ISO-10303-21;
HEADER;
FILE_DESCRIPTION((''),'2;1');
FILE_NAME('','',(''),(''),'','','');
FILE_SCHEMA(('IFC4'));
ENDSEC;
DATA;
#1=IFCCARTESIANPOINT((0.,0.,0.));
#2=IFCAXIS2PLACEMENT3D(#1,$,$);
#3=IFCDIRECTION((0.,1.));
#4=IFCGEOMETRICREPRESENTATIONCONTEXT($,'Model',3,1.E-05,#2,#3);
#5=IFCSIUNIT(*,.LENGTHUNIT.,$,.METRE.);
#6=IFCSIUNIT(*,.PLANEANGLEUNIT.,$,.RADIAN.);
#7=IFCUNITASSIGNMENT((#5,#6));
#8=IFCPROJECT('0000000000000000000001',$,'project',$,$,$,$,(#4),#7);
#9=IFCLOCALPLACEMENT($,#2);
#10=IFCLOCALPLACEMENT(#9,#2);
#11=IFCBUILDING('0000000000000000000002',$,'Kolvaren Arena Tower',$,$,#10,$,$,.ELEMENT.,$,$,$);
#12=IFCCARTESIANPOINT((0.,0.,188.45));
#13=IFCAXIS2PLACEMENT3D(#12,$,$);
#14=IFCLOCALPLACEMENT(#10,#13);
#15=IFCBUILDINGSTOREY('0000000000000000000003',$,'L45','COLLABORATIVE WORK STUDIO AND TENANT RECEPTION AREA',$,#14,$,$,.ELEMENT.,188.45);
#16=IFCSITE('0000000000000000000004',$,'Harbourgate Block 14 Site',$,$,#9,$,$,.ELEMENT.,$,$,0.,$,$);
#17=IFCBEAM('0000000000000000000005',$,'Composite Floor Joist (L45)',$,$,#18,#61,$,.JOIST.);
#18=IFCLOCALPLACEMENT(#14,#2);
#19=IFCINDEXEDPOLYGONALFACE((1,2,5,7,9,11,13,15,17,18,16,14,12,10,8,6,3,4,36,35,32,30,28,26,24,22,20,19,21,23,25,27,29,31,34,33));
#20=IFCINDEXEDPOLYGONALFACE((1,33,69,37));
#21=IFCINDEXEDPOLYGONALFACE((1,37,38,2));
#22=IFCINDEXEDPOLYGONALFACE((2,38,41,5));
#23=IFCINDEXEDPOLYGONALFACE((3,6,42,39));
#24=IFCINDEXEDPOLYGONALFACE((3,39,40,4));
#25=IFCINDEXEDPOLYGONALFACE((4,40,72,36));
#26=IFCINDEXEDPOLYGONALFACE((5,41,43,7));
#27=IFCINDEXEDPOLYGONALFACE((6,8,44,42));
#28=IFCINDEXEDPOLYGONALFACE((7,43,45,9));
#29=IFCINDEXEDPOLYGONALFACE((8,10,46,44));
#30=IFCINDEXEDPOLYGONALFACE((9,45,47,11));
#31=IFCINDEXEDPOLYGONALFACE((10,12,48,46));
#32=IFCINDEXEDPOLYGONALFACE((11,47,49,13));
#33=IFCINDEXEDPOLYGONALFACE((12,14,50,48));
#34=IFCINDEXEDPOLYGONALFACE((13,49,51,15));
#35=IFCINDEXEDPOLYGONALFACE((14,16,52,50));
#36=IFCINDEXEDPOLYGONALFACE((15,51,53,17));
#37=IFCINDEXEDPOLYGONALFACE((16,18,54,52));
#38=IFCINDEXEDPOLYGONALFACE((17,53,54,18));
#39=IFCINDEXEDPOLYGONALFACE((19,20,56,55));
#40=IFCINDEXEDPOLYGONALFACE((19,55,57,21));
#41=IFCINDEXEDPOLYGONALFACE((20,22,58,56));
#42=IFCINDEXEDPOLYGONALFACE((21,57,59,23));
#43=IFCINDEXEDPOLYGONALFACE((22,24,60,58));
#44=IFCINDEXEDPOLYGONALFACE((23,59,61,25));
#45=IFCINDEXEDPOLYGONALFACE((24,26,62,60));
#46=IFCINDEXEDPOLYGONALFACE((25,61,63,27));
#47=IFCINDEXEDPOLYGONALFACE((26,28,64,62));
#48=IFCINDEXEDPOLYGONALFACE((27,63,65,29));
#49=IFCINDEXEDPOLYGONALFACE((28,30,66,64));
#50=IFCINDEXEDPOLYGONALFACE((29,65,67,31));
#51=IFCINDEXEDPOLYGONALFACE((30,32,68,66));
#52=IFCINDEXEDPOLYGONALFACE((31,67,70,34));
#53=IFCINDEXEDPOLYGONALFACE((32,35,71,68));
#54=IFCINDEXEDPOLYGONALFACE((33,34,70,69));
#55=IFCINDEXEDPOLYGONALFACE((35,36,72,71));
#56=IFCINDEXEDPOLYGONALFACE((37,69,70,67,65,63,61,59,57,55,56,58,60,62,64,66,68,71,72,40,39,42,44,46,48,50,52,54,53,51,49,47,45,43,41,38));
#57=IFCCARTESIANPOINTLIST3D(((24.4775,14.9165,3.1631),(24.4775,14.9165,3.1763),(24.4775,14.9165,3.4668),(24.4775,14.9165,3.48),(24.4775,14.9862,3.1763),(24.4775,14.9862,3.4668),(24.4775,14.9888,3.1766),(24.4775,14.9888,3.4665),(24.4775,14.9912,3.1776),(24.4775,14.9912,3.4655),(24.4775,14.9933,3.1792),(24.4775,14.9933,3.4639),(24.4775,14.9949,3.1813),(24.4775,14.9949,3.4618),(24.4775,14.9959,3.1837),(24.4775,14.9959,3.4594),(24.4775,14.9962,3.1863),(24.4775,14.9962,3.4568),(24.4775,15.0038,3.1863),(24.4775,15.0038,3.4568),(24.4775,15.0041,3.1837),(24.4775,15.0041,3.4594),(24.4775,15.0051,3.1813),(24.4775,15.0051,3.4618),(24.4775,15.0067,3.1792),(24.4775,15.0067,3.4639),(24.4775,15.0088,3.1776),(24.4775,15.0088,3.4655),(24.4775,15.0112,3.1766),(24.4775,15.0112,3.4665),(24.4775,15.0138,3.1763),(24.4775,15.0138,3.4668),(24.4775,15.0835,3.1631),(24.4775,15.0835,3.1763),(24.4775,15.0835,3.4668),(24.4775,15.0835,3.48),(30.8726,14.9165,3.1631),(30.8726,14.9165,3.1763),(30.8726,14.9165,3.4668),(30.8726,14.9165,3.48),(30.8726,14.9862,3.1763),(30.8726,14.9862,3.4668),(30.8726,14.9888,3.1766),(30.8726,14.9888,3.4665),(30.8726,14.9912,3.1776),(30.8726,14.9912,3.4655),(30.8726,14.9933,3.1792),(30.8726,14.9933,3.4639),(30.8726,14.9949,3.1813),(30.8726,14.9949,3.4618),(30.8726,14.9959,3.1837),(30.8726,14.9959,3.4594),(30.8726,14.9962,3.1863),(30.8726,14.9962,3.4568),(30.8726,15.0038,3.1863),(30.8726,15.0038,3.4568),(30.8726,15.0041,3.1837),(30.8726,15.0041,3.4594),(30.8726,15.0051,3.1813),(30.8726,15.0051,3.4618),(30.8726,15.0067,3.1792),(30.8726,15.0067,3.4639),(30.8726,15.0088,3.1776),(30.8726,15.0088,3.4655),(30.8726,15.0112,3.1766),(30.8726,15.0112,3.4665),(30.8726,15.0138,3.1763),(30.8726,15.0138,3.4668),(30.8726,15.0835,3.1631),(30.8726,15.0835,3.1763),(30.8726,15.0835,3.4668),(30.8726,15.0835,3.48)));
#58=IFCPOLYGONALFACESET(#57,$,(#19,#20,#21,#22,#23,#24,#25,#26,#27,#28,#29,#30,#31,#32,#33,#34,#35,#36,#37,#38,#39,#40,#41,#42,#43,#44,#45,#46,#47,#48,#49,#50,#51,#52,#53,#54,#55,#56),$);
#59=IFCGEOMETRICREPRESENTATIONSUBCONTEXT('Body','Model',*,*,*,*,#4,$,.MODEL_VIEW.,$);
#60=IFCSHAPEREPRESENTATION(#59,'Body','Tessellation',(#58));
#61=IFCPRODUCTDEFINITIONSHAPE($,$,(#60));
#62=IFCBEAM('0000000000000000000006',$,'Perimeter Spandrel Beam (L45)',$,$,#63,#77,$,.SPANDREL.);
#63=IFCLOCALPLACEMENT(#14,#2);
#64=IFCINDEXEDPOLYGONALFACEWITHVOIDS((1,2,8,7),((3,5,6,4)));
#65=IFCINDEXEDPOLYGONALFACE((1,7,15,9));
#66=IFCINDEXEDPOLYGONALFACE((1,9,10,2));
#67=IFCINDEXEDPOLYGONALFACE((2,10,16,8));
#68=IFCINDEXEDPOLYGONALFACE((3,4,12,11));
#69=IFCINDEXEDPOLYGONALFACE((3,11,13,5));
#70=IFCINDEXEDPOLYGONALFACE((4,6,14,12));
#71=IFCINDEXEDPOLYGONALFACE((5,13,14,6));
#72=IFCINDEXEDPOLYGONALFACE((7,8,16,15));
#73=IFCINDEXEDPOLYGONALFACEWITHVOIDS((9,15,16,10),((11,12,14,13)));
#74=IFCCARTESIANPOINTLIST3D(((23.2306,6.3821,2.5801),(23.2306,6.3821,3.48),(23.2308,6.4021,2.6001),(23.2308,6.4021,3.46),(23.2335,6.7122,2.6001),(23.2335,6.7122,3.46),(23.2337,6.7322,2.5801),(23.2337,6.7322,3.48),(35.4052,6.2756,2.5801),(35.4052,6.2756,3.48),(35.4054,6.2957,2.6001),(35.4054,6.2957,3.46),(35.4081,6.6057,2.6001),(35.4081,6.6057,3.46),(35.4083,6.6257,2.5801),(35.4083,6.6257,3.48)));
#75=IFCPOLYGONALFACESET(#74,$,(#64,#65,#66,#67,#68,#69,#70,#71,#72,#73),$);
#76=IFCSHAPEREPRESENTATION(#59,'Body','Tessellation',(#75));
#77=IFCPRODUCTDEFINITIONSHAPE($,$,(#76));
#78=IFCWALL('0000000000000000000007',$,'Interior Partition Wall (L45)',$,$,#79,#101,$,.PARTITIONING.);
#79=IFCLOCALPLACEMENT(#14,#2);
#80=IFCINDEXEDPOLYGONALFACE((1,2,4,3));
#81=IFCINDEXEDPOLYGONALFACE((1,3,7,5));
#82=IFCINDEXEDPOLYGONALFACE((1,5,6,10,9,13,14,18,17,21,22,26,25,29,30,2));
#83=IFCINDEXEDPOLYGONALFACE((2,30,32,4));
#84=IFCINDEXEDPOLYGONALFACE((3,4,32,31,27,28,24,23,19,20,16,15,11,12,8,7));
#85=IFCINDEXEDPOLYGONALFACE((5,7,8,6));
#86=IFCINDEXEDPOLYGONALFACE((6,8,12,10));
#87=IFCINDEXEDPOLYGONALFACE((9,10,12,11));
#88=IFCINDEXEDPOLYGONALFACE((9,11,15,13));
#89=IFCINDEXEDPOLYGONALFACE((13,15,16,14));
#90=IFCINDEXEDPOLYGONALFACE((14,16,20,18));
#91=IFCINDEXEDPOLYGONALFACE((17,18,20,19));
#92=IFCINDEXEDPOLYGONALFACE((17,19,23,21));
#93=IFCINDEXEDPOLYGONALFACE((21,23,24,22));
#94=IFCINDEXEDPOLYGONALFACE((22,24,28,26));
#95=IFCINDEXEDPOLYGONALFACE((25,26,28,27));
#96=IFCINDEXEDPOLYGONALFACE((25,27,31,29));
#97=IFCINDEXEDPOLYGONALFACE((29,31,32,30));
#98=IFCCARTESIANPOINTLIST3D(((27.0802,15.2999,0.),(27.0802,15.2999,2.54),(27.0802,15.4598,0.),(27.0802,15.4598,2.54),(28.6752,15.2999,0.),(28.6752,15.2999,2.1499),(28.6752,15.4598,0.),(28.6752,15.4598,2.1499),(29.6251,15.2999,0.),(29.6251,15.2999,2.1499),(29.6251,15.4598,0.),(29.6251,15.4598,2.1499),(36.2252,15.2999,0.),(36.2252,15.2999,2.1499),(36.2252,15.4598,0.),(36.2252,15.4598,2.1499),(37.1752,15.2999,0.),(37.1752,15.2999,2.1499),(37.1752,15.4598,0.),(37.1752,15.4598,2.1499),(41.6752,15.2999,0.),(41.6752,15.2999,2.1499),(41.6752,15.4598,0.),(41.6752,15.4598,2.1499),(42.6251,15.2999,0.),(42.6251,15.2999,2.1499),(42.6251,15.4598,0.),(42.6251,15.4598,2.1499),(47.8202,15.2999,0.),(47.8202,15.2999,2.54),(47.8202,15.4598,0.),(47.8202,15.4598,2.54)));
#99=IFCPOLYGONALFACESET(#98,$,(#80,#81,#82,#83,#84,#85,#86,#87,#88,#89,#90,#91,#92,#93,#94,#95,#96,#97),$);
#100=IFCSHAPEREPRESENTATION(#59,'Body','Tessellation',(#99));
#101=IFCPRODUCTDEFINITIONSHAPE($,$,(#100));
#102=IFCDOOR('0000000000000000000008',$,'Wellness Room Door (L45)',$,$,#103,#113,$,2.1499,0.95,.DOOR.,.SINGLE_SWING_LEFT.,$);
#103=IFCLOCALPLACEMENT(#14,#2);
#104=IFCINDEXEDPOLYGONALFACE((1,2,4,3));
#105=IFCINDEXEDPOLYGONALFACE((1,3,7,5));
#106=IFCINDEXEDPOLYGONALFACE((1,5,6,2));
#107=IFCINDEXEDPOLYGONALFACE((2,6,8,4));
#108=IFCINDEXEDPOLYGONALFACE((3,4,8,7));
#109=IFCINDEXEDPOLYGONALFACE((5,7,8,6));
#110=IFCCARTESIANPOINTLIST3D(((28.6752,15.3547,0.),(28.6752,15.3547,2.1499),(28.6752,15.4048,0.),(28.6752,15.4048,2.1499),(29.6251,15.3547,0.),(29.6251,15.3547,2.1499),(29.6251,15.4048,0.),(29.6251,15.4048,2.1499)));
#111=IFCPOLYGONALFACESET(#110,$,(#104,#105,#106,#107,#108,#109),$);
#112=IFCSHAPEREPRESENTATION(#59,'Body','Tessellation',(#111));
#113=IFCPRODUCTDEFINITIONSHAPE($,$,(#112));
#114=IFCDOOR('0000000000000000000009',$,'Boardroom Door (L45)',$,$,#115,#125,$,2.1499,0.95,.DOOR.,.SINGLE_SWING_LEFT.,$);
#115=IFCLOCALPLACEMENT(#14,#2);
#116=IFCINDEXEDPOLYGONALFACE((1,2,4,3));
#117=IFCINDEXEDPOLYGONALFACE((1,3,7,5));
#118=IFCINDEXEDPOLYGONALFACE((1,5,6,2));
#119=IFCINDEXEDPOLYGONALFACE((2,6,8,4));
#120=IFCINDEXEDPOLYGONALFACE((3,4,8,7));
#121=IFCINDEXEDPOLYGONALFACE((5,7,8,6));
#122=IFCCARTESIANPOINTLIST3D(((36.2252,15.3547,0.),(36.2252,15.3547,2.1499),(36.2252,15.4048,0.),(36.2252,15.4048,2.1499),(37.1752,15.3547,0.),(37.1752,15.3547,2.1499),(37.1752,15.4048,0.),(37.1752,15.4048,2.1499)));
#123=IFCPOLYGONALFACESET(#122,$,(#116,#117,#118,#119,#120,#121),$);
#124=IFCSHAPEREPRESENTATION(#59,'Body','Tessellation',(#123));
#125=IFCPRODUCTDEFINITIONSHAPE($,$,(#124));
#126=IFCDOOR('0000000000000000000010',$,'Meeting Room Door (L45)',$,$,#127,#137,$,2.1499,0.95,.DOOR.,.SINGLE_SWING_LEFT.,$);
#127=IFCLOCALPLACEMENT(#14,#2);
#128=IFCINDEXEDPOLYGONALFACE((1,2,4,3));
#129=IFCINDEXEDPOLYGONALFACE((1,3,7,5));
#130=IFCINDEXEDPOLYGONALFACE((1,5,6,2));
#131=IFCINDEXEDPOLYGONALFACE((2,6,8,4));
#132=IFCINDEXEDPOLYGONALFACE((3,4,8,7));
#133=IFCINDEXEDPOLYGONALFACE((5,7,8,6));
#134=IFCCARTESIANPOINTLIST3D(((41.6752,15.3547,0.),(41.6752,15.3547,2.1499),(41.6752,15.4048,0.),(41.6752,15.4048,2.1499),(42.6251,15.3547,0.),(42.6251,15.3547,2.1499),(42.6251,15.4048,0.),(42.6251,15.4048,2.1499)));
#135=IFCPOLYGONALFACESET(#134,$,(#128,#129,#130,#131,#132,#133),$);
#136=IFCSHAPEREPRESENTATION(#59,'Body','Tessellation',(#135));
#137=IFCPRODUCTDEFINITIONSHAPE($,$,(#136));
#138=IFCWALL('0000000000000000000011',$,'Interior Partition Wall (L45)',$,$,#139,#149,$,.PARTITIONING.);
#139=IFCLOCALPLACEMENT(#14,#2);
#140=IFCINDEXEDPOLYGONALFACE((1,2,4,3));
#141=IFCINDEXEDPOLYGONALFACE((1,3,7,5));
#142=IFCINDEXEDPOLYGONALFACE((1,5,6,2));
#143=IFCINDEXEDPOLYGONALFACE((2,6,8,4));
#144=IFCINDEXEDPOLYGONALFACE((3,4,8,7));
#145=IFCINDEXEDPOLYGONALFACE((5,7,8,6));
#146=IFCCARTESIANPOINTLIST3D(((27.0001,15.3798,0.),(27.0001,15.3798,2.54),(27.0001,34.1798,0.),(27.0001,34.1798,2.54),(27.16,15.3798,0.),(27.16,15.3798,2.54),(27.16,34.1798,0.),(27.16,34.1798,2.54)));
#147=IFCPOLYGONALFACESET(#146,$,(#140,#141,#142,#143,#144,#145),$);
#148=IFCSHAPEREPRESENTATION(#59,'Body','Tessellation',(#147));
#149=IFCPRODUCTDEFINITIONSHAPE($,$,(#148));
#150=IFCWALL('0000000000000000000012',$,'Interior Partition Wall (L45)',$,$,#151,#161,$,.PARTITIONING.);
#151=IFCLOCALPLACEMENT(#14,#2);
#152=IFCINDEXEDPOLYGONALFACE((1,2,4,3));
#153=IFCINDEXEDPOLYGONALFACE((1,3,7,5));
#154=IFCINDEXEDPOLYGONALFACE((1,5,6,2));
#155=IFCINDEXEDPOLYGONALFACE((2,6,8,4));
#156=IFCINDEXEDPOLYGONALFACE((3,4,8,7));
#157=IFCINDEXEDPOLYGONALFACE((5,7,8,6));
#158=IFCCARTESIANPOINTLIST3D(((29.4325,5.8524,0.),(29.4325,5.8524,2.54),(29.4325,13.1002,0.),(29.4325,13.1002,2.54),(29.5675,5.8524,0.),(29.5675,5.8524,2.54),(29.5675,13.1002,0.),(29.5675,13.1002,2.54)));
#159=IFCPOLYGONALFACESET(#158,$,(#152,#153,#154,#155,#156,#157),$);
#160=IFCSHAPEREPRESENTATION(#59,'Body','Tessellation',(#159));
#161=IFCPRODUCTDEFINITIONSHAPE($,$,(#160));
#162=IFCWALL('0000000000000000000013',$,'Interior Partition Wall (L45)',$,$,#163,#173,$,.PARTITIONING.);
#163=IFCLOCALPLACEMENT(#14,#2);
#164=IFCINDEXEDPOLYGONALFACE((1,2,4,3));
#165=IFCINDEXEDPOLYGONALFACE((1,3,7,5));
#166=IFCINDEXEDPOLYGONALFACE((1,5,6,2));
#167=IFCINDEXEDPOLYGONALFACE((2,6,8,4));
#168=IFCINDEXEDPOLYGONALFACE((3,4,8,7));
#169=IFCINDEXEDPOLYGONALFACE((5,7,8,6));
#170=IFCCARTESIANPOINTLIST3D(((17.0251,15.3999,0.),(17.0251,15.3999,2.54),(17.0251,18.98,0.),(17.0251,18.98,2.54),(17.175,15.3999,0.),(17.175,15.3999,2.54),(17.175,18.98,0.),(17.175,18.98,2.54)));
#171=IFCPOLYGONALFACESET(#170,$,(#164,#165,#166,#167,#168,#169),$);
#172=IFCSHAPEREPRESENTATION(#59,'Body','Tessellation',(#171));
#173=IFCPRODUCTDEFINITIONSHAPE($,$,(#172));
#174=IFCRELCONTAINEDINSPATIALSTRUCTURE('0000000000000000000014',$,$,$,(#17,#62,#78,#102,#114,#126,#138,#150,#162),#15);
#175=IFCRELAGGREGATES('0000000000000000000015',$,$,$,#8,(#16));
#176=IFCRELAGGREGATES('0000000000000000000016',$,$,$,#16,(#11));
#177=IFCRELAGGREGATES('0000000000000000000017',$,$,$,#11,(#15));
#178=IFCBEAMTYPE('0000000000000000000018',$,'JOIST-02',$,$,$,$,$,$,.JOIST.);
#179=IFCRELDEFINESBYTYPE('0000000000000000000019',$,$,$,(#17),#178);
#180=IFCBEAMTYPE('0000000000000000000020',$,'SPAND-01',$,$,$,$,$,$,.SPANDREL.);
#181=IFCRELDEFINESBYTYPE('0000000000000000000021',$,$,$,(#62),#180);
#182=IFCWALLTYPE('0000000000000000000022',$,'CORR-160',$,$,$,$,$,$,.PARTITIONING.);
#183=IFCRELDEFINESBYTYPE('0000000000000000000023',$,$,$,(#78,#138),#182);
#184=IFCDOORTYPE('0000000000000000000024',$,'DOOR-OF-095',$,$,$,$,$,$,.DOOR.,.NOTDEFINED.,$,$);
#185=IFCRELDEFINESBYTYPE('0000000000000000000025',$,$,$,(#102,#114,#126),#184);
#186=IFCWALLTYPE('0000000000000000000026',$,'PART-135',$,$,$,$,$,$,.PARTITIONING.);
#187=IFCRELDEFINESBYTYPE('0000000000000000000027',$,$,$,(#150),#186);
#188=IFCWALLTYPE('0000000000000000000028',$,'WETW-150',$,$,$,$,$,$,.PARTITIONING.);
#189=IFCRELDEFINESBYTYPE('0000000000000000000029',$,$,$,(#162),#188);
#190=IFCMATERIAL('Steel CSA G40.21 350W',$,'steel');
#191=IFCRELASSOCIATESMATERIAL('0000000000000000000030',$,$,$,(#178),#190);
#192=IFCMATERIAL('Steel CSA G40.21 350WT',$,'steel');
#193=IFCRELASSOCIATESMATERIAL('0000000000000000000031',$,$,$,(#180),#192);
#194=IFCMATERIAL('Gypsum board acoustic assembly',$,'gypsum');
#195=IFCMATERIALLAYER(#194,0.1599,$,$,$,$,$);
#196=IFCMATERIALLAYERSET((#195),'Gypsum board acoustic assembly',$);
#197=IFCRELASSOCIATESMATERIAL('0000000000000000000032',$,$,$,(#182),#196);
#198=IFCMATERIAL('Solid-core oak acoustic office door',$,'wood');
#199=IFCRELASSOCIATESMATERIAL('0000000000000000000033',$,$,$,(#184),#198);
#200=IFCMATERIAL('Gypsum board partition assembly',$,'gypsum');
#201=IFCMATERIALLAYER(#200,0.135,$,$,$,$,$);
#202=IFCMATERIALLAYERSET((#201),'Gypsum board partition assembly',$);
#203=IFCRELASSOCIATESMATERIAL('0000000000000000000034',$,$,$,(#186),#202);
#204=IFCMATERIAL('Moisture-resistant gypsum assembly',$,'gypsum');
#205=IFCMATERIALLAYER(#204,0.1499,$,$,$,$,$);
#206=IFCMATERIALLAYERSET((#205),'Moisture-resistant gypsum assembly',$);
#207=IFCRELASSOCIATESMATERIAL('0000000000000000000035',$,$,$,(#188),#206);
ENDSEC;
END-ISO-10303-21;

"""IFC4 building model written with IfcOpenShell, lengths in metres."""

from ifc_helpers import new_model, si_unit, direction, frame, frame_2d, origin, origin_2d, place, context, subcontext, project, spatial, rectangle, hollow_rectangle, i_section, extrude, material, layer, layer_set, material_profile, profile_set, type_object, element, fill, save


model = new_model("IFC4")

# Units and contexts
model_context = context("Model", 3, precision=1e-05, world=origin(), true_north=direction((0.0, 1.0)))
body_context = subcontext(model_context, "Body", "Model", "MODEL_VIEW")
ifc_project = project(units=[si_unit("LENGTHUNIT", "METRE"), si_unit("PLANEANGLEUNIT", "RADIAN")], contexts=[model_context])

# Site, building, storey
site_placement = place(None, origin())
site = spatial("IfcSite", under=ifc_project, at=site_placement, Name="Harbourgate Block 14 Site", CompositionType="ELEMENT", RefElevation=0.0)
building_placement = place(site_placement, origin())
building = spatial("IfcBuilding", under=site, at=building_placement, Name="Kolvaren Arena Tower", CompositionType="ELEMENT")
storey_placement = place(building_placement, frame((0.0, 0.0, 188.45)))
storey = spatial("IfcBuildingStorey", under=building, at=storey_placement, Name="L45", Description="COLLABORATIVE WORK STUDIO AND TENANT RECEPTION AREA", CompositionType="ELEMENT", Elevation=188.45)

# Beams
ifc_material_1 = material(Name="Steel CSA G40.21 350W", Category="steel")
ifc_material_profile_1 = material_profile(ifc_material_1, i_section(OverallWidth=0.167, OverallDepth=0.3169, WebThickness=0.0076, FlangeThickness=0.0132, FilletRadius=0.01, at=origin_2d()), Name="W310x52")
ifc_profile_set_1 = profile_set([ifc_material_profile_1], Name="Steel CSA G40.21 350W")
beam_type_1 = type_object("IfcBeamType", Name="JOIST-02", PredefinedType="JOIST", material=ifc_profile_set_1)
beam_1_placement = place(storey_placement, frame((24.4775, 15.0, 3.3215), z_axis=(1.0, 0.0, 0.0), x_axis=(0.0, 1.0, 0.0)))
element("IfcBeam", 1, at=beam_1_placement, inside=storey, type_object=beam_type_1, Name="Composite Floor Joist (L45)", PredefinedType="JOIST", context=body_context, shape_type="SweptSolid", body=[
    extrude(i_section(OverallWidth=0.167, OverallDepth=0.3169, WebThickness=0.0076, FlangeThickness=0.0132, FilletRadius=0.01, at=origin_2d()), origin(), (0.0, 0.0, 1.0), 6.395),
])
ifc_material_2 = material(Name="Steel CSA G40.21 350WT", Category="steel")
ifc_material_profile_2 = material_profile(ifc_material_2, hollow_rectangle(XDim=0.3501, YDim=0.8999, WallThickness=0.02, at=origin_2d()), Name="HSS 900x350x20")
ifc_profile_set_2 = profile_set([ifc_material_profile_2], Name="Steel CSA G40.21 350WT")
beam_type_2 = type_object("IfcBeamType", Name="SPAND-01", PredefinedType="SPANDREL", material=ifc_profile_set_2)
beam_2_placement = place(storey_placement, frame((23.2322, 6.5571, 3.03), z_axis=(0.999962, -0.008743, 0.0), x_axis=(0.008743, 0.999962, 0.0)))
element("IfcBeam", 2, at=beam_2_placement, inside=storey, type_object=beam_type_2, Name="Perimeter Spandrel Beam (L45)", PredefinedType="SPANDREL", context=body_context, shape_type="SweptSolid", body=[
    extrude(hollow_rectangle(XDim=0.3501, YDim=0.8999, WallThickness=0.02, at=origin_2d()), origin(), (0.0, 0.0, 1.0), 12.175),
])

# Wall, openings, doors
ifc_material_3 = material(Name="Gypsum board acoustic assembly", Category="gypsum")
ifc_layer_1 = layer(ifc_material_3, 0.1599)
ifc_layer_set_1 = layer_set([ifc_layer_1], Name="Gypsum board acoustic assembly")
wall_type_1 = type_object("IfcWallType", Name="CORR-160", PredefinedType="PARTITIONING", material=ifc_layer_set_1)
wall_1_placement = place(storey_placement, frame((27.0801, 15.3799, 0.0), z_axis=(0.0, 0.0, 1.0), x_axis=(1.0, 0.0, 0.0)))
wall_1 = element("IfcWall", 3, at=wall_1_placement, inside=storey, type_object=wall_type_1, Name="Interior Partition Wall (L45)", PredefinedType="PARTITIONING", context=body_context, shape_type="SweptSolid", body=[
    extrude(rectangle(XDim=20.74, YDim=0.1599, at=frame_2d((10.3701, 0.0))), origin(), (0.0, 0.0, 1.0), 2.54),
])
opening_1_placement = place(wall_1_placement, frame((1.595, 0.0, 0.0)))
opening_1 = element("IfcOpeningElement", 4, at=opening_1_placement, cuts=wall_1, PredefinedType="OPENING", context=body_context, shape_type="SweptSolid", body=[
    extrude(rectangle(XDim=0.95, YDim=2.1499, at=frame_2d((0.4751, 1.075))), frame((0.0, 0.0898, 0.0), z_axis=(0.0, -1.0, 0.0), x_axis=(1.0, 0.0, 0.0)), (0.0, 0.0, 1.0), 0.1799),
])
opening_2_placement = place(wall_1_placement, frame((9.145, 0.0, 0.0)))
opening_2 = element("IfcOpeningElement", 5, at=opening_2_placement, cuts=wall_1, PredefinedType="OPENING", context=body_context, shape_type="SweptSolid", body=[
    extrude(rectangle(XDim=0.95, YDim=2.1499, at=frame_2d((0.4751, 1.075))), frame((0.0, 0.0898, 0.0), z_axis=(0.0, -1.0, 0.0), x_axis=(1.0, 0.0, 0.0)), (0.0, 0.0, 1.0), 0.1799),
])
opening_3_placement = place(wall_1_placement, frame((14.595, 0.0, 0.0)))
opening_3 = element("IfcOpeningElement", 6, at=opening_3_placement, cuts=wall_1, PredefinedType="OPENING", context=body_context, shape_type="SweptSolid", body=[
    extrude(rectangle(XDim=0.95, YDim=2.1499, at=frame_2d((0.4751, 1.075))), frame((0.0, 0.0898, 0.0), z_axis=(0.0, -1.0, 0.0), x_axis=(1.0, 0.0, 0.0)), (0.0, 0.0, 1.0), 0.1799),
])
ifc_material_4 = material(Name="Solid-core oak acoustic office door", Category="wood")
door_type = type_object("IfcDoorType", Name="DOOR-OF-095", OperationType="NOTDEFINED", PredefinedType="DOOR", material=ifc_material_4)
door_1_placement = place(opening_1_placement, origin())
door_1 = element("IfcDoor", 7, at=door_1_placement, inside=storey, type_object=door_type, Name="Wellness Room Door (L45)", OperationType="SINGLE_SWING_LEFT", OverallHeight=2.1499, OverallWidth=0.95, PredefinedType="DOOR", context=body_context, shape_type="SweptSolid", body=[
    extrude(rectangle(XDim=0.95, YDim=2.1499, at=frame_2d((0.4751, 1.075))), frame((0.0, 0.0249, 0.0), z_axis=(0.0, -1.0, 0.0), x_axis=(1.0, 0.0, 0.0)), (0.0, 0.0, 1.0), 0.05),
])
fill(opening_1, door_1)
door_2_placement = place(opening_2_placement, origin())
door_2 = element("IfcDoor", 8, at=door_2_placement, inside=storey, type_object=door_type, Name="Boardroom Door (L45)", OperationType="SINGLE_SWING_LEFT", OverallHeight=2.1499, OverallWidth=0.95, PredefinedType="DOOR", context=body_context, shape_type="SweptSolid", body=[
    extrude(rectangle(XDim=0.95, YDim=2.1499, at=frame_2d((0.4751, 1.075))), frame((0.0, 0.0249, 0.0), z_axis=(0.0, -1.0, 0.0), x_axis=(1.0, 0.0, 0.0)), (0.0, 0.0, 1.0), 0.05),
])
fill(opening_2, door_2)
door_3_placement = place(opening_3_placement, origin())
door_3 = element("IfcDoor", 9, at=door_3_placement, inside=storey, type_object=door_type, Name="Meeting Room Door (L45)", OperationType="SINGLE_SWING_LEFT", OverallHeight=2.1499, OverallWidth=0.95, PredefinedType="DOOR", context=body_context, shape_type="SweptSolid", body=[
    extrude(rectangle(XDim=0.95, YDim=2.1499, at=frame_2d((0.4751, 1.075))), frame((0.0, 0.0249, 0.0), z_axis=(0.0, -1.0, 0.0), x_axis=(1.0, 0.0, 0.0)), (0.0, 0.0, 1.0), 0.05),
])
fill(opening_3, door_3)

# Walls
wall_2_placement = place(storey_placement, frame((27.0801, 15.3799, 0.0), z_axis=(0.0, 0.0, 1.0), x_axis=(0.0, 1.0, 0.0)))
element("IfcWall", 10, at=wall_2_placement, inside=storey, type_object=wall_type_1, Name="Interior Partition Wall (L45)", PredefinedType="PARTITIONING", context=body_context, shape_type="SweptSolid", body=[
    extrude(rectangle(XDim=18.8, YDim=0.1599, at=frame_2d((9.3999, 0.0))), origin(), (0.0, 0.0, 1.0), 2.54),
])
ifc_material_5 = material(Name="Gypsum board partition assembly", Category="gypsum")
ifc_layer_2 = layer(ifc_material_5, 0.135)
ifc_layer_set_2 = layer_set([ifc_layer_2], Name="Gypsum board partition assembly")
wall_type_2 = type_object("IfcWallType", Name="PART-135", PredefinedType="PARTITIONING", material=ifc_layer_set_2)
wall_3_placement = place(storey_placement, frame((29.5, 5.8523, 0.0), z_axis=(0.0, 0.0, 1.0), x_axis=(0.0, 1.0, 0.0)))
element("IfcWall", 11, at=wall_3_placement, inside=storey, type_object=wall_type_2, Name="Interior Partition Wall (L45)", PredefinedType="PARTITIONING", context=body_context, shape_type="SweptSolid", body=[
    extrude(rectangle(XDim=7.2478, YDim=0.135, at=frame_2d((3.624, 0.0))), origin(), (0.0, 0.0, 1.0), 2.54),
])
ifc_material_6 = material(Name="Moisture-resistant gypsum assembly", Category="gypsum")
ifc_layer_3 = layer(ifc_material_6, 0.1499)
ifc_layer_set_3 = layer_set([ifc_layer_3], Name="Moisture-resistant gypsum assembly")
wall_type_3 = type_object("IfcWallType", Name="WETW-150", PredefinedType="PARTITIONING", material=ifc_layer_set_3)
for number, where, z_axis, x_axis, name in (
    (12, (17.1001, 15.3999, 0.0), (0.0, 0.0, 1.0), (0.0, 1.0, 0.0), "Interior Partition Wall (L45)"),
):
    element("IfcWall", number, at=place(storey_placement, frame(where, z_axis=z_axis, x_axis=x_axis)), inside=storey, type_object=wall_type_3, Name=name, PredefinedType="PARTITIONING", context=body_context, shape_type="SweptSolid", body=[
        extrude(rectangle(XDim=3.5801, YDim=0.1499, at=frame_2d((1.79, 0.0))), origin(), (0.0, 0.0, 1.0), 2.54),
    ])

save(model, "model.ifc")
